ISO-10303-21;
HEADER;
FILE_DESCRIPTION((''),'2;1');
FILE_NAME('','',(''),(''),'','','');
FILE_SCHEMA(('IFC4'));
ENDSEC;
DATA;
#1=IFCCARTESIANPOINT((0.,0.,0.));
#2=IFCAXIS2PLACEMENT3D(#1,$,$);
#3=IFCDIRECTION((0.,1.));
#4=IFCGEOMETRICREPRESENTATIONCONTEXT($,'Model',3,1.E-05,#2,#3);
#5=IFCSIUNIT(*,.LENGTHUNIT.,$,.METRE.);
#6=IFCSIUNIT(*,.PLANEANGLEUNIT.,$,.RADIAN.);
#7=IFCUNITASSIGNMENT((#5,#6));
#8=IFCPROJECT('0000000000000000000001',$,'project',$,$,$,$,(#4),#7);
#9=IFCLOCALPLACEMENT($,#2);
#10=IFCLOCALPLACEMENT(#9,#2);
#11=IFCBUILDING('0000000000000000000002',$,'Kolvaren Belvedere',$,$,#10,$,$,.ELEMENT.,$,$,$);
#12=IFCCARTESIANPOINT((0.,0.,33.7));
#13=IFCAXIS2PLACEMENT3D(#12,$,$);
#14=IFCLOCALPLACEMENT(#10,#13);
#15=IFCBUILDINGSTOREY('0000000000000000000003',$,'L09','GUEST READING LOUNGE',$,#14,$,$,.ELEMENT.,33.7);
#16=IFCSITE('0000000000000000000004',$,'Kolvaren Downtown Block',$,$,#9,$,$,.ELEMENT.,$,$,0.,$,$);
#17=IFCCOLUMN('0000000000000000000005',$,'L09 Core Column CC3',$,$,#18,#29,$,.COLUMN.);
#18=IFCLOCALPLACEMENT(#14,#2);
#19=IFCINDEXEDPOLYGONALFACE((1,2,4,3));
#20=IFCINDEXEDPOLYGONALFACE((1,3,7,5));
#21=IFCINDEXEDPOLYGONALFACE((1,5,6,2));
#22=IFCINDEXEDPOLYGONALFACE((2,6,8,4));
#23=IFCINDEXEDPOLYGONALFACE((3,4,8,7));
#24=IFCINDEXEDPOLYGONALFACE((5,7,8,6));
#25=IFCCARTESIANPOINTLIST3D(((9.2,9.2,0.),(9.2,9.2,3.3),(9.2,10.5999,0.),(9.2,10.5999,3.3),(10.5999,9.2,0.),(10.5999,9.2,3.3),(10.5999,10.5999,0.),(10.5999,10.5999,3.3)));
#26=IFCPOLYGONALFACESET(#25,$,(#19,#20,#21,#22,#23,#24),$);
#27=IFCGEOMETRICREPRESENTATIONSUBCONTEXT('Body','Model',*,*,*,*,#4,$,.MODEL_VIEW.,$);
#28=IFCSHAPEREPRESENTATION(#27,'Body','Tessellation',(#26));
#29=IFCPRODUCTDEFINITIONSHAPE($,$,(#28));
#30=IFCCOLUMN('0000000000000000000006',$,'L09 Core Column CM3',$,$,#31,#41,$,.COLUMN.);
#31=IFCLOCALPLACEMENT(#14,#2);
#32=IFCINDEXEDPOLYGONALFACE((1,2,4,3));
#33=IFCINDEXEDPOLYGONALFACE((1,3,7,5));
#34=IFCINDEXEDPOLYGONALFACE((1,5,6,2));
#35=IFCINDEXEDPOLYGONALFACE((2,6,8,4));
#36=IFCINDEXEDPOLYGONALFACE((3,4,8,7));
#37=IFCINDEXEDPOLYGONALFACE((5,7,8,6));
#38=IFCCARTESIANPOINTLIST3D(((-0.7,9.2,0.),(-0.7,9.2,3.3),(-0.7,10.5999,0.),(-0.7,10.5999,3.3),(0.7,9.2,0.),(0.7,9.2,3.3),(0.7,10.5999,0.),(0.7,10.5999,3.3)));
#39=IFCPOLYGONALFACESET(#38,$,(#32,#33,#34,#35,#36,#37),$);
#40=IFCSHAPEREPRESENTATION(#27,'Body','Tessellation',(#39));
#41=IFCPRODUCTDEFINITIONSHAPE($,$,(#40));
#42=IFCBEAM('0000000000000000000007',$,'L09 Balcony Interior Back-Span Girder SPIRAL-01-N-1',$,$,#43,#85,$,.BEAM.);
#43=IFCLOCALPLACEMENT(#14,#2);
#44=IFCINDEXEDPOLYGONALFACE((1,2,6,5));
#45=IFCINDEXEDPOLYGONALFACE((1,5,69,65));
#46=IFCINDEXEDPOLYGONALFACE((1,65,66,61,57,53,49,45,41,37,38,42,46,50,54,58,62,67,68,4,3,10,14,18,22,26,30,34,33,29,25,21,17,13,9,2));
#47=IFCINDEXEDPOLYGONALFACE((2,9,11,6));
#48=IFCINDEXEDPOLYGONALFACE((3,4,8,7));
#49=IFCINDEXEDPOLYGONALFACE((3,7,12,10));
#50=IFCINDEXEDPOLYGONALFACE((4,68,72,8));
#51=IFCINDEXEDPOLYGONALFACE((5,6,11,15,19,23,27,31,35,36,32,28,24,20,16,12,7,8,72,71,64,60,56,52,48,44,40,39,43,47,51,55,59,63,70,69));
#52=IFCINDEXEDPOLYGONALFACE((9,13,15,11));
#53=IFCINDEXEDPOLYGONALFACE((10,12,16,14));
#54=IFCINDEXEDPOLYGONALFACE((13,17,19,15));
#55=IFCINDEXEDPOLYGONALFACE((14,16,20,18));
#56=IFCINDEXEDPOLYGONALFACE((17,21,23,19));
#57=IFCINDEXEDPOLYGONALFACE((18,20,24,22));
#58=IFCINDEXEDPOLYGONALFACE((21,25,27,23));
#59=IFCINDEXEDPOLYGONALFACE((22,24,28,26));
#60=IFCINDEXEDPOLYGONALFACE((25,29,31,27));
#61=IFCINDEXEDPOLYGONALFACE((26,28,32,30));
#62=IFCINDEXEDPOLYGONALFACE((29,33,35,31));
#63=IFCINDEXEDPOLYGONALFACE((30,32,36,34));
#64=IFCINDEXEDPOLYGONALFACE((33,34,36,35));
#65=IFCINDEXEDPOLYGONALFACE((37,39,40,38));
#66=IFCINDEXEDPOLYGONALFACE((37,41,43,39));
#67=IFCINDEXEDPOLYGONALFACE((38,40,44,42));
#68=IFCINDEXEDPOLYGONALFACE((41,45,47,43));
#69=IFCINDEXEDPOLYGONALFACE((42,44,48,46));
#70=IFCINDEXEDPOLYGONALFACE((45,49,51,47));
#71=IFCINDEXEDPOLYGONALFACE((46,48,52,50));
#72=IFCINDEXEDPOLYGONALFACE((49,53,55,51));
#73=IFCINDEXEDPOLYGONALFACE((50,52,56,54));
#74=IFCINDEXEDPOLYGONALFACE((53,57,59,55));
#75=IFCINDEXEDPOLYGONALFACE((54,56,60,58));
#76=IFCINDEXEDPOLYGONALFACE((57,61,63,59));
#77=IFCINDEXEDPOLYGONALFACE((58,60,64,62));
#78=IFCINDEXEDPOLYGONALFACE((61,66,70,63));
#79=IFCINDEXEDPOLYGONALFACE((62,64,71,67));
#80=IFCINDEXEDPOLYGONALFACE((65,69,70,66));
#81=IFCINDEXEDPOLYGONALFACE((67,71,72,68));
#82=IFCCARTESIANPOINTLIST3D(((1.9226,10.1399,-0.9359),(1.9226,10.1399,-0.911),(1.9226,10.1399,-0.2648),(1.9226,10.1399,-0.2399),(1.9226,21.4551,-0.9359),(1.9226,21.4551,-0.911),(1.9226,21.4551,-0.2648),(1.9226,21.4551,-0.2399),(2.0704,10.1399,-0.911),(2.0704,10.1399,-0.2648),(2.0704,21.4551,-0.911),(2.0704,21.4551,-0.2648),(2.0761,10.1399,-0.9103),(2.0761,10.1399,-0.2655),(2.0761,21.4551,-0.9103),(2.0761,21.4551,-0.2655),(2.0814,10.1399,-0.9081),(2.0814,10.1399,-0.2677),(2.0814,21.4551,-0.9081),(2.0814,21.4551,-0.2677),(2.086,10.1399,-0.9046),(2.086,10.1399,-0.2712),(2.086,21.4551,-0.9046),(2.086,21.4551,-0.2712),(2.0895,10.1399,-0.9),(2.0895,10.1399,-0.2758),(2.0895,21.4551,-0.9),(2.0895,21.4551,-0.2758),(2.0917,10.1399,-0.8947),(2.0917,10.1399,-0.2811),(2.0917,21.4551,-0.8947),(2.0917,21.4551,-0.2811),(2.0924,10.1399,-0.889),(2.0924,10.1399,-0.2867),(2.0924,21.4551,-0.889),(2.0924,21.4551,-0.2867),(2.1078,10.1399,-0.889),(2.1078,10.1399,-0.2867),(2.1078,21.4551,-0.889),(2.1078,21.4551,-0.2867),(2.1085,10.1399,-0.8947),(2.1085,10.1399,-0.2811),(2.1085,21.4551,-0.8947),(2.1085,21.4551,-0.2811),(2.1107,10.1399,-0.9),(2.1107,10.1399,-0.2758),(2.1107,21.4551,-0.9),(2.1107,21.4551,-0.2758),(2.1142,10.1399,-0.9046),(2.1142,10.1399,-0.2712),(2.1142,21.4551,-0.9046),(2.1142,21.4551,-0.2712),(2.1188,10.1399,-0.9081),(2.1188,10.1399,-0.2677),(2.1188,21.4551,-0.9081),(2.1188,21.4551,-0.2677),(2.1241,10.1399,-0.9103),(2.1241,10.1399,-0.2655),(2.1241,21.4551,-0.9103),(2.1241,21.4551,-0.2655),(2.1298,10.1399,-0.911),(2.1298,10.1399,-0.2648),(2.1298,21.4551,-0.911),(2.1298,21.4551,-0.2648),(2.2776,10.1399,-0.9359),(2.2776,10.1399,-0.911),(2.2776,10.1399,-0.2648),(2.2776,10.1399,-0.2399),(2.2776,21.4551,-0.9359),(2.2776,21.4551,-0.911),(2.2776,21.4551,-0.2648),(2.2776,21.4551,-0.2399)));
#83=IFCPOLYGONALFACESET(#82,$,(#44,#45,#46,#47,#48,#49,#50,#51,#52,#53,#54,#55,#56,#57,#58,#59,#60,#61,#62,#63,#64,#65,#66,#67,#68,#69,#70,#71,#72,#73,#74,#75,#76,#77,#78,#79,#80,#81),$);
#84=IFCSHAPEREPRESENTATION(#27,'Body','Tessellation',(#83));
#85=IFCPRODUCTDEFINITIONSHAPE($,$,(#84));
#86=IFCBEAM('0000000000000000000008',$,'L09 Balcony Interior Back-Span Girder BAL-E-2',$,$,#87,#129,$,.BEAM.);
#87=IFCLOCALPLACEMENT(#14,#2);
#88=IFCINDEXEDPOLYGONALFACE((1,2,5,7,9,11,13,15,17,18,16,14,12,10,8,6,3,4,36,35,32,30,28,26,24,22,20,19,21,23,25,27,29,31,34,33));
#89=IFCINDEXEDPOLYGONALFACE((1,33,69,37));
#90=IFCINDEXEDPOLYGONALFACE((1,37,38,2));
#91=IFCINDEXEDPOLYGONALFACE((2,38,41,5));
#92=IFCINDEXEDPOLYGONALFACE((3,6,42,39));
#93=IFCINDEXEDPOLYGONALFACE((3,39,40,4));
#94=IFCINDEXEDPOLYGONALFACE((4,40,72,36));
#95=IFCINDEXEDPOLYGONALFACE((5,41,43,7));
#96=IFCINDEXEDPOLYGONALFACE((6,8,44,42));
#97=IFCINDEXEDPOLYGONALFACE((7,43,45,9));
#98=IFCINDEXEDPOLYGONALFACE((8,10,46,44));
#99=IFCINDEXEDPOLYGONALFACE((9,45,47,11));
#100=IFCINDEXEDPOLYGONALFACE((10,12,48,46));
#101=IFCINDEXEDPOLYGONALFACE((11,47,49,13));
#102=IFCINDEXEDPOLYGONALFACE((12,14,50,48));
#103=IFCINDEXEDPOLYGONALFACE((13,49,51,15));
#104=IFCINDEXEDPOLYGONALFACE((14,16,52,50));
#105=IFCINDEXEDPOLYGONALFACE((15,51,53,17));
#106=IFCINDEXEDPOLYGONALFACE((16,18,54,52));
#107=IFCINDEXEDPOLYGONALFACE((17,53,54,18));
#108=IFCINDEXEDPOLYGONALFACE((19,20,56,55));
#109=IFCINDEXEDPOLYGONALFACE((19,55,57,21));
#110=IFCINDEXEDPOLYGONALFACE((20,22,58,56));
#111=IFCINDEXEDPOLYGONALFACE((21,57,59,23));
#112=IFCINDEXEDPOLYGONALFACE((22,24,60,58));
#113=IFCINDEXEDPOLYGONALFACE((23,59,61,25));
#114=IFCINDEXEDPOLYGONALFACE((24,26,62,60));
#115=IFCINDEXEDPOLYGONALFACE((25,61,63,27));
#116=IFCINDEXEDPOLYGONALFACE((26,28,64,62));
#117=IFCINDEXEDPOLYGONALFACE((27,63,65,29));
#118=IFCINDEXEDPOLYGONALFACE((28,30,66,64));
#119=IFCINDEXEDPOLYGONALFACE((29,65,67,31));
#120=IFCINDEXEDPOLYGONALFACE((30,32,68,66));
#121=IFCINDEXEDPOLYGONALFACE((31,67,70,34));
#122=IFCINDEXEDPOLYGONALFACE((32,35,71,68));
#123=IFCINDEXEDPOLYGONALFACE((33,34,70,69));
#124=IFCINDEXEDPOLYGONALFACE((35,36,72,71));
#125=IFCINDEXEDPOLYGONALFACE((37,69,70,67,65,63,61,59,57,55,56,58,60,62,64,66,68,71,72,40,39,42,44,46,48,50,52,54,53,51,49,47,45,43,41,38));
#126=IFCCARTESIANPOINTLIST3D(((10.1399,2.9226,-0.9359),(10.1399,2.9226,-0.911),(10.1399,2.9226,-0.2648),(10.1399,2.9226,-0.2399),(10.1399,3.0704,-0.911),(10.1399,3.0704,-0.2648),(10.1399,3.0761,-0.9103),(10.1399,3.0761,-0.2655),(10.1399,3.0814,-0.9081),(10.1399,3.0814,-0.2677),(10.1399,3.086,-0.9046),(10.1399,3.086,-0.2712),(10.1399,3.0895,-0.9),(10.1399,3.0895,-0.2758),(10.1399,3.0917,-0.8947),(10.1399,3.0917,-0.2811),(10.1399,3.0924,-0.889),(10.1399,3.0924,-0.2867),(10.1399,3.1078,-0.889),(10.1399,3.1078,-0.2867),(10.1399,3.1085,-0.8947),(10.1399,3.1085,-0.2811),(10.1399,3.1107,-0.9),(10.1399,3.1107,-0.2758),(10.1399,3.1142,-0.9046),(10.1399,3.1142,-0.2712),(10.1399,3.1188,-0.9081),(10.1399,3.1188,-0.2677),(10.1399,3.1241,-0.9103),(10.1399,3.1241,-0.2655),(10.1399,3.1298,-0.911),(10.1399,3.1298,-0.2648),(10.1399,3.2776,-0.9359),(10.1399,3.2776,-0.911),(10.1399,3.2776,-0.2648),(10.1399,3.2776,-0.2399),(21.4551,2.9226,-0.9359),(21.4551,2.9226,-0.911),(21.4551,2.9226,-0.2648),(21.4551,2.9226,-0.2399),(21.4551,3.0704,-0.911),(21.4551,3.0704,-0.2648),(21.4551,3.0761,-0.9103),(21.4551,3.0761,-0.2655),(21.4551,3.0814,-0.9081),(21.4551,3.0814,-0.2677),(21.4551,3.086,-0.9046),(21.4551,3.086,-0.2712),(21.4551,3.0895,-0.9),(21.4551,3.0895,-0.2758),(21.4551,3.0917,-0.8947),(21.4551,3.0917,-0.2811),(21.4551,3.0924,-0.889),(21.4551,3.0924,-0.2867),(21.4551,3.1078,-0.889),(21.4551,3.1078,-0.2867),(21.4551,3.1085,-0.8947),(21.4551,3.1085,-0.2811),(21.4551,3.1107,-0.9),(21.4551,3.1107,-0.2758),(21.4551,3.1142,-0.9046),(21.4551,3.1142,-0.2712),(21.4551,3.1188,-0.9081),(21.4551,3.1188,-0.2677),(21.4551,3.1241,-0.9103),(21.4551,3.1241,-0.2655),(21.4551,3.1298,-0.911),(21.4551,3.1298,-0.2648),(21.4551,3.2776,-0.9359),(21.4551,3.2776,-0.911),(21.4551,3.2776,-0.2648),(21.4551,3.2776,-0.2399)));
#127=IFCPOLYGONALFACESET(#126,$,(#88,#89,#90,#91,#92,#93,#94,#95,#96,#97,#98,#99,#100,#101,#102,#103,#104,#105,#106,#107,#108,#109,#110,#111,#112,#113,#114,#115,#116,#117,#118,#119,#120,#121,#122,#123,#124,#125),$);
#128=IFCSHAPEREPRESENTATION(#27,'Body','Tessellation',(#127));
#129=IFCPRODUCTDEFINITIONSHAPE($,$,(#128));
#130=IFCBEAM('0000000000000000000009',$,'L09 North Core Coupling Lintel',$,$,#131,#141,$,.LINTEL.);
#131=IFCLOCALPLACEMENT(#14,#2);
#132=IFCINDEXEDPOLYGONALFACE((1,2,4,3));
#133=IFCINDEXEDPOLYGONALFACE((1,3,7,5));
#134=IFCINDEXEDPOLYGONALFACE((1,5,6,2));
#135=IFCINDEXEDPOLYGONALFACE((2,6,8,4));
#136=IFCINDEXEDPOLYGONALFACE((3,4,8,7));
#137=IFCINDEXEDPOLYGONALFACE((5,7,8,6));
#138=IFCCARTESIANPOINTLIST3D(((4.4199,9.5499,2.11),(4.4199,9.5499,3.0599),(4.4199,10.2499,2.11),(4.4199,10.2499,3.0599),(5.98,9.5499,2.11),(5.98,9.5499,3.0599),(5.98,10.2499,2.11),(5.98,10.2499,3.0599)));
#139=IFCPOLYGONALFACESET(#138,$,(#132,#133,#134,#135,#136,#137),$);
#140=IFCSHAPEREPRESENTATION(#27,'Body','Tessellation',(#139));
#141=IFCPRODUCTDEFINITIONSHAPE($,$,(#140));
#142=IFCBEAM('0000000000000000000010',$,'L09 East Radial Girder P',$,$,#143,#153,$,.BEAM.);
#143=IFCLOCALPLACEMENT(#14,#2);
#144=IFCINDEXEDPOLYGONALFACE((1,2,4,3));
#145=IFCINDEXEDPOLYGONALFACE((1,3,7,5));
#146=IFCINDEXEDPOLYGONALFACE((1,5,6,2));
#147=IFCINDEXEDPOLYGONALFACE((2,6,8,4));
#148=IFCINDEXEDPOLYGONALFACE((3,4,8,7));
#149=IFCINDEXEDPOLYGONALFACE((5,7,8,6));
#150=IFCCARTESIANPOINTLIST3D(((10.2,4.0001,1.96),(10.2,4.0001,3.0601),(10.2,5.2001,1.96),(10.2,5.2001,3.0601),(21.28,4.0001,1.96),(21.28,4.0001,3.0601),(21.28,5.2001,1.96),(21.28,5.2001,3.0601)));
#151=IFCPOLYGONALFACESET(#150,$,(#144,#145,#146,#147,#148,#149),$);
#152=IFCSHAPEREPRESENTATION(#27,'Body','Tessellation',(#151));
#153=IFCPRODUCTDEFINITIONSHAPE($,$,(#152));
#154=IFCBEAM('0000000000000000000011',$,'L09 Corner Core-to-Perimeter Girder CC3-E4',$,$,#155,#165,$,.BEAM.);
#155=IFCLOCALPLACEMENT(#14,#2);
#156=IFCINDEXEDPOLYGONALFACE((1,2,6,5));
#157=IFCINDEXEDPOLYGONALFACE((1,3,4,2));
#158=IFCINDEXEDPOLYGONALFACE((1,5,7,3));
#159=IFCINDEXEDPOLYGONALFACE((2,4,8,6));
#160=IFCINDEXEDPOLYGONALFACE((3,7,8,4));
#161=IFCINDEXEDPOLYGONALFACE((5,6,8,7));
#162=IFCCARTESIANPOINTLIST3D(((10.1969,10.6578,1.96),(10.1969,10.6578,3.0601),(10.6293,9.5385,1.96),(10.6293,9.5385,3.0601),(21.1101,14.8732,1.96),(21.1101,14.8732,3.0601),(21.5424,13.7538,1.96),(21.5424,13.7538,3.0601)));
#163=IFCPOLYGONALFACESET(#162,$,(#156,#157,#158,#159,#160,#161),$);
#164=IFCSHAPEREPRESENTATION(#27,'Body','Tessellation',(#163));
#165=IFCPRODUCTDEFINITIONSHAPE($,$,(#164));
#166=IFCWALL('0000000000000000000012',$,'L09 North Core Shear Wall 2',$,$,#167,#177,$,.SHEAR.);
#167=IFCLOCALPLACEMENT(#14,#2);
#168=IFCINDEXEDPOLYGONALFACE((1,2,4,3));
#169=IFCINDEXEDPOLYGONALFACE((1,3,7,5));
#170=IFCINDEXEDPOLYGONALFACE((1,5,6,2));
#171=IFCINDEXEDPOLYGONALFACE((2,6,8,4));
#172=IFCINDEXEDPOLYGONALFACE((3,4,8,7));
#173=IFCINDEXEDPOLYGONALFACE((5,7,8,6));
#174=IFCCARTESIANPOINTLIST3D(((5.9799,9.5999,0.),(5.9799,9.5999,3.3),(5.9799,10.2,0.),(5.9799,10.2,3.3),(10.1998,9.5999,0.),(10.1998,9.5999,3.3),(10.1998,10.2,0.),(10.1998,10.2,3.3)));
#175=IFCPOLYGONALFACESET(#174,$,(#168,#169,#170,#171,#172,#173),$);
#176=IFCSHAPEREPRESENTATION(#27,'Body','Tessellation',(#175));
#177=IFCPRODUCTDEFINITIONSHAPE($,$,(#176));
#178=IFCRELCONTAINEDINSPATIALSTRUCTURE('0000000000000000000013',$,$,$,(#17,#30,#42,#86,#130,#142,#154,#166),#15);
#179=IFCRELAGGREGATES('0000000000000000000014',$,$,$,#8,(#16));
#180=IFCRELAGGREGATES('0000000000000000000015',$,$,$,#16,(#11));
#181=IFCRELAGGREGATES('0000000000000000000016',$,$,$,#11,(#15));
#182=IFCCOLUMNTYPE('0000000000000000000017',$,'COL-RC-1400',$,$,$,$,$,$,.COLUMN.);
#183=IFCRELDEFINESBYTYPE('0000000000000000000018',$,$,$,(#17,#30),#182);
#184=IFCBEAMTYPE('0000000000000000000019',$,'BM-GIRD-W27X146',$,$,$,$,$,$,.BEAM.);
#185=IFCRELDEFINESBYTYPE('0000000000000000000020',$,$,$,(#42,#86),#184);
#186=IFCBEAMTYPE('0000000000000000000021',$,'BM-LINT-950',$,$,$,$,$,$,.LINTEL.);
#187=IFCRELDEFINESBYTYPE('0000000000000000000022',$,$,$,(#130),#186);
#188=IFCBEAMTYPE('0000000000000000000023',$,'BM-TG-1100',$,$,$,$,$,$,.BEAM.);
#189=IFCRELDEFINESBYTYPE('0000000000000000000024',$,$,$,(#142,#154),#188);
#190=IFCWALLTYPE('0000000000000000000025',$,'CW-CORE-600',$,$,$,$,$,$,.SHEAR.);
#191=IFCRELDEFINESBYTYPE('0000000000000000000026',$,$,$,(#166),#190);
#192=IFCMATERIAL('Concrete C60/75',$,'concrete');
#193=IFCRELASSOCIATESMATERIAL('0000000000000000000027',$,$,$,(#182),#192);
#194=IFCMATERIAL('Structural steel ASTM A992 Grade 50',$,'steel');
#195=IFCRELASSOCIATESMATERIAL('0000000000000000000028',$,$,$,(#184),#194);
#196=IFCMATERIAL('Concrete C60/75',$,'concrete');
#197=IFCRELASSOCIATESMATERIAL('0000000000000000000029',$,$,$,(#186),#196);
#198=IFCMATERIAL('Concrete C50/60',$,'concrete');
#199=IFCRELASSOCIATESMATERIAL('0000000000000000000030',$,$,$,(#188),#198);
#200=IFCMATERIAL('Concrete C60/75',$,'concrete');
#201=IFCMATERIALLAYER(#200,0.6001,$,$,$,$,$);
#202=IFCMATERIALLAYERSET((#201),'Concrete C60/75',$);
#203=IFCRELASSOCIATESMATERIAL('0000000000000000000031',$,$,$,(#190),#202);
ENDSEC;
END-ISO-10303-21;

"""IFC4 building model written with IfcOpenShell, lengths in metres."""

from ifc_helpers import new_model, si_unit, direction, frame, frame_2d, origin, origin_2d, place, context, subcontext, project, spatial, rectangle, i_section, extrude, material, layer, layer_set, material_profile, profile_set, type_object, element, save


model = new_model("IFC4")

# Units and contexts
model_context = context("Model", 3, precision=1e-05, world=origin(), true_north=direction((0.0, 1.0)))
body_context = subcontext(model_context, "Body", "Model", "MODEL_VIEW")
ifc_project = project(units=[si_unit("LENGTHUNIT", "METRE"), si_unit("PLANEANGLEUNIT", "RADIAN")], contexts=[model_context])

# Site, building, storey
site_placement = place(None, origin())
site = spatial("IfcSite", under=ifc_project, at=site_placement, Name="Kolvaren Downtown Block", CompositionType="ELEMENT", RefElevation=0.0)
building_placement = place(site_placement, origin())
building = spatial("IfcBuilding", under=site, at=building_placement, Name="Kolvaren Belvedere", CompositionType="ELEMENT")
storey_placement = place(building_placement, frame((0.0, 0.0, 33.7)))
storey = spatial("IfcBuildingStorey", under=building, at=storey_placement, Name="L09", Description="GUEST READING LOUNGE", CompositionType="ELEMENT", Elevation=33.7)

# Columns
ifc_material_1 = material(Name="Concrete C60/75", Category="concrete")
ifc_material_profile_1 = material_profile(ifc_material_1, rectangle(XDim=1.3999, YDim=1.3999, at=origin_2d()), Name="RC 1400X1400")
ifc_profile_set_1 = profile_set([ifc_material_profile_1], Name="Concrete C60/75")
column_type = type_object("IfcColumnType", Name="COL-RC-1400", PredefinedType="COLUMN", material=ifc_profile_set_1)
for number, where, z_axis, x_axis, name in (
    (1, (9.8999, 9.8999, 0.0), (0.0, 0.0, 1.0), (1.0, 0.0, 0.0), "L09 Core Column CC3"),
    (2, (0.0, 9.8999, 0.0), (0.0, 0.0, 1.0), (1.0, 0.0, 0.0), "L09 Core Column CM3"),
):
    element("IfcColumn", number, at=place(storey_placement, frame(where, z_axis=z_axis, x_axis=x_axis)), inside=storey, type_object=column_type, Name=name, PredefinedType="COLUMN", context=body_context, shape_type="SweptSolid", body=[
        extrude(rectangle(XDim=1.3999, YDim=1.3999, at=origin_2d()), origin(), (0.0, 0.0, 1.0), 3.3),
    ])

# Beams
ifc_material_2 = material(Name="Structural steel ASTM A992 Grade 50", Category="steel")
ifc_material_profile_2 = material_profile(ifc_material_2, i_section(OverallWidth=0.355, OverallDepth=0.696, WebThickness=0.0154, FlangeThickness=0.0249, FilletRadius=0.022, at=origin_2d()), Name="W27X146")
ifc_profile_set_2 = profile_set([ifc_material_profile_2], Name="Structural steel ASTM A992 Grade 50")
beam_type_1 = type_object("IfcBeamType", Name="BM-GIRD-W27X146", PredefinedType="BEAM", material=ifc_profile_set_2)
for number, where, z_axis, x_axis, name in (
    (3, (2.1001, 10.1399, -0.5879), (0.0, 1.0, 0.0), (-1.0, 0.0, 0.0), "L09 Balcony Interior Back-Span Girder SPIRAL-01-N-1"),
    (4, (10.1399, 3.1001, -0.5879), (1.0, 0.0, 0.0), (0.0, 1.0, 0.0), "L09 Balcony Interior Back-Span Girder BAL-E-2"),
):
    element("IfcBeam", number, at=place(storey_placement, frame(where, z_axis=z_axis, x_axis=x_axis)), inside=storey, type_object=beam_type_1, Name=name, PredefinedType="BEAM", context=body_context, shape_type="SweptSolid", body=[
        extrude(i_section(OverallWidth=0.355, OverallDepth=0.696, WebThickness=0.0154, FlangeThickness=0.0249, FilletRadius=0.022, at=origin_2d()), origin(), (0.0, 0.0, 1.0), 11.3152),
    ])
ifc_material_3 = material(Name="Concrete C60/75", Category="concrete")
ifc_material_profile_3 = material_profile(ifc_material_3, rectangle(XDim=0.7, YDim=0.95, at=origin_2d()), Name="RC 700X950")
ifc_profile_set_3 = profile_set([ifc_material_profile_3], Name="Concrete C60/75")
beam_type_2 = type_object("IfcBeamType", Name="BM-LINT-950", PredefinedType="LINTEL", material=ifc_profile_set_3)
beam_1_placement = place(storey_placement, frame((4.4199, 9.8999, 2.585), z_axis=(1.0, 0.0, 0.0), x_axis=(0.0, 1.0, 0.0)))
element("IfcBeam", 5, at=beam_1_placement, inside=storey, type_object=beam_type_2, Name="L09 North Core Coupling Lintel", PredefinedType="LINTEL", context=body_context, shape_type="SweptSolid", body=[
    extrude(rectangle(XDim=0.7, YDim=0.95, at=origin_2d()), origin(), (0.0, 0.0, 1.0), 1.5601),
])
ifc_material_4 = material(Name="Concrete C50/60", Category="concrete")
ifc_material_profile_4 = material_profile(ifc_material_4, rectangle(XDim=1.2, YDim=1.1001, at=origin_2d()), Name="RC 1200X1100")
ifc_profile_set_4 = profile_set([ifc_material_profile_4], Name="Concrete C50/60")
beam_type_3 = type_object("IfcBeamType", Name="BM-TG-1100", PredefinedType="BEAM", material=ifc_profile_set_4)
beam_2_placement = place(storey_placement, frame((10.2, 4.6001, 2.51), z_axis=(1.0, 0.0, 0.0), x_axis=(0.0, 1.0, 0.0)))
element("IfcBeam", 6, at=beam_2_placement, inside=storey, type_object=beam_type_3, Name="L09 East Radial Girder P", PredefinedType="BEAM", context=body_context, shape_type="SweptSolid", body=[
    extrude(rectangle(XDim=1.2, YDim=1.1001, at=origin_2d()), origin(), (0.0, 0.0, 1.0), 11.0801),
])
beam_3_placement = place(storey_placement, frame((10.4131, 10.0981, 2.51), z_axis=(0.932829, 0.360318, 0.0), x_axis=(-0.360318, 0.932829, 0.0)))
element("IfcBeam", 7, at=beam_3_placement, inside=storey, type_object=beam_type_3, Name="L09 Corner Core-to-Perimeter Girder CC3-E4", PredefinedType="BEAM", context=body_context, shape_type="SweptSolid", body=[
    extrude(rectangle(XDim=1.2, YDim=1.1001, at=origin_2d()), origin(), (0.0, 0.0, 1.0), 11.699),
])

# Wall
ifc_material_5 = material(Name="Concrete C60/75", Category="concrete")
ifc_layer_1 = layer(ifc_material_5, 0.6001)
ifc_layer_set_1 = layer_set([ifc_layer_1], Name="Concrete C60/75")
wall_type_1 = type_object("IfcWallType", Name="CW-CORE-600", PredefinedType="SHEAR", material=ifc_layer_set_1)
wall_1_placement = place(storey_placement, frame((5.98, 9.8999, 0.0), z_axis=(0.0, 0.0, 1.0), x_axis=(1.0, 0.0, 0.0)))
element("IfcWall", 8, at=wall_1_placement, inside=storey, type_object=wall_type_1, Name="L09 North Core Shear Wall 2", PredefinedType="SHEAR", context=body_context, shape_type="SweptSolid", body=[
    extrude(rectangle(XDim=4.22, YDim=0.6001, at=frame_2d((2.1099, 0.0))), origin(), (0.0, 0.0, 1.0), 3.3),
])

save(model, "model.ifc")
